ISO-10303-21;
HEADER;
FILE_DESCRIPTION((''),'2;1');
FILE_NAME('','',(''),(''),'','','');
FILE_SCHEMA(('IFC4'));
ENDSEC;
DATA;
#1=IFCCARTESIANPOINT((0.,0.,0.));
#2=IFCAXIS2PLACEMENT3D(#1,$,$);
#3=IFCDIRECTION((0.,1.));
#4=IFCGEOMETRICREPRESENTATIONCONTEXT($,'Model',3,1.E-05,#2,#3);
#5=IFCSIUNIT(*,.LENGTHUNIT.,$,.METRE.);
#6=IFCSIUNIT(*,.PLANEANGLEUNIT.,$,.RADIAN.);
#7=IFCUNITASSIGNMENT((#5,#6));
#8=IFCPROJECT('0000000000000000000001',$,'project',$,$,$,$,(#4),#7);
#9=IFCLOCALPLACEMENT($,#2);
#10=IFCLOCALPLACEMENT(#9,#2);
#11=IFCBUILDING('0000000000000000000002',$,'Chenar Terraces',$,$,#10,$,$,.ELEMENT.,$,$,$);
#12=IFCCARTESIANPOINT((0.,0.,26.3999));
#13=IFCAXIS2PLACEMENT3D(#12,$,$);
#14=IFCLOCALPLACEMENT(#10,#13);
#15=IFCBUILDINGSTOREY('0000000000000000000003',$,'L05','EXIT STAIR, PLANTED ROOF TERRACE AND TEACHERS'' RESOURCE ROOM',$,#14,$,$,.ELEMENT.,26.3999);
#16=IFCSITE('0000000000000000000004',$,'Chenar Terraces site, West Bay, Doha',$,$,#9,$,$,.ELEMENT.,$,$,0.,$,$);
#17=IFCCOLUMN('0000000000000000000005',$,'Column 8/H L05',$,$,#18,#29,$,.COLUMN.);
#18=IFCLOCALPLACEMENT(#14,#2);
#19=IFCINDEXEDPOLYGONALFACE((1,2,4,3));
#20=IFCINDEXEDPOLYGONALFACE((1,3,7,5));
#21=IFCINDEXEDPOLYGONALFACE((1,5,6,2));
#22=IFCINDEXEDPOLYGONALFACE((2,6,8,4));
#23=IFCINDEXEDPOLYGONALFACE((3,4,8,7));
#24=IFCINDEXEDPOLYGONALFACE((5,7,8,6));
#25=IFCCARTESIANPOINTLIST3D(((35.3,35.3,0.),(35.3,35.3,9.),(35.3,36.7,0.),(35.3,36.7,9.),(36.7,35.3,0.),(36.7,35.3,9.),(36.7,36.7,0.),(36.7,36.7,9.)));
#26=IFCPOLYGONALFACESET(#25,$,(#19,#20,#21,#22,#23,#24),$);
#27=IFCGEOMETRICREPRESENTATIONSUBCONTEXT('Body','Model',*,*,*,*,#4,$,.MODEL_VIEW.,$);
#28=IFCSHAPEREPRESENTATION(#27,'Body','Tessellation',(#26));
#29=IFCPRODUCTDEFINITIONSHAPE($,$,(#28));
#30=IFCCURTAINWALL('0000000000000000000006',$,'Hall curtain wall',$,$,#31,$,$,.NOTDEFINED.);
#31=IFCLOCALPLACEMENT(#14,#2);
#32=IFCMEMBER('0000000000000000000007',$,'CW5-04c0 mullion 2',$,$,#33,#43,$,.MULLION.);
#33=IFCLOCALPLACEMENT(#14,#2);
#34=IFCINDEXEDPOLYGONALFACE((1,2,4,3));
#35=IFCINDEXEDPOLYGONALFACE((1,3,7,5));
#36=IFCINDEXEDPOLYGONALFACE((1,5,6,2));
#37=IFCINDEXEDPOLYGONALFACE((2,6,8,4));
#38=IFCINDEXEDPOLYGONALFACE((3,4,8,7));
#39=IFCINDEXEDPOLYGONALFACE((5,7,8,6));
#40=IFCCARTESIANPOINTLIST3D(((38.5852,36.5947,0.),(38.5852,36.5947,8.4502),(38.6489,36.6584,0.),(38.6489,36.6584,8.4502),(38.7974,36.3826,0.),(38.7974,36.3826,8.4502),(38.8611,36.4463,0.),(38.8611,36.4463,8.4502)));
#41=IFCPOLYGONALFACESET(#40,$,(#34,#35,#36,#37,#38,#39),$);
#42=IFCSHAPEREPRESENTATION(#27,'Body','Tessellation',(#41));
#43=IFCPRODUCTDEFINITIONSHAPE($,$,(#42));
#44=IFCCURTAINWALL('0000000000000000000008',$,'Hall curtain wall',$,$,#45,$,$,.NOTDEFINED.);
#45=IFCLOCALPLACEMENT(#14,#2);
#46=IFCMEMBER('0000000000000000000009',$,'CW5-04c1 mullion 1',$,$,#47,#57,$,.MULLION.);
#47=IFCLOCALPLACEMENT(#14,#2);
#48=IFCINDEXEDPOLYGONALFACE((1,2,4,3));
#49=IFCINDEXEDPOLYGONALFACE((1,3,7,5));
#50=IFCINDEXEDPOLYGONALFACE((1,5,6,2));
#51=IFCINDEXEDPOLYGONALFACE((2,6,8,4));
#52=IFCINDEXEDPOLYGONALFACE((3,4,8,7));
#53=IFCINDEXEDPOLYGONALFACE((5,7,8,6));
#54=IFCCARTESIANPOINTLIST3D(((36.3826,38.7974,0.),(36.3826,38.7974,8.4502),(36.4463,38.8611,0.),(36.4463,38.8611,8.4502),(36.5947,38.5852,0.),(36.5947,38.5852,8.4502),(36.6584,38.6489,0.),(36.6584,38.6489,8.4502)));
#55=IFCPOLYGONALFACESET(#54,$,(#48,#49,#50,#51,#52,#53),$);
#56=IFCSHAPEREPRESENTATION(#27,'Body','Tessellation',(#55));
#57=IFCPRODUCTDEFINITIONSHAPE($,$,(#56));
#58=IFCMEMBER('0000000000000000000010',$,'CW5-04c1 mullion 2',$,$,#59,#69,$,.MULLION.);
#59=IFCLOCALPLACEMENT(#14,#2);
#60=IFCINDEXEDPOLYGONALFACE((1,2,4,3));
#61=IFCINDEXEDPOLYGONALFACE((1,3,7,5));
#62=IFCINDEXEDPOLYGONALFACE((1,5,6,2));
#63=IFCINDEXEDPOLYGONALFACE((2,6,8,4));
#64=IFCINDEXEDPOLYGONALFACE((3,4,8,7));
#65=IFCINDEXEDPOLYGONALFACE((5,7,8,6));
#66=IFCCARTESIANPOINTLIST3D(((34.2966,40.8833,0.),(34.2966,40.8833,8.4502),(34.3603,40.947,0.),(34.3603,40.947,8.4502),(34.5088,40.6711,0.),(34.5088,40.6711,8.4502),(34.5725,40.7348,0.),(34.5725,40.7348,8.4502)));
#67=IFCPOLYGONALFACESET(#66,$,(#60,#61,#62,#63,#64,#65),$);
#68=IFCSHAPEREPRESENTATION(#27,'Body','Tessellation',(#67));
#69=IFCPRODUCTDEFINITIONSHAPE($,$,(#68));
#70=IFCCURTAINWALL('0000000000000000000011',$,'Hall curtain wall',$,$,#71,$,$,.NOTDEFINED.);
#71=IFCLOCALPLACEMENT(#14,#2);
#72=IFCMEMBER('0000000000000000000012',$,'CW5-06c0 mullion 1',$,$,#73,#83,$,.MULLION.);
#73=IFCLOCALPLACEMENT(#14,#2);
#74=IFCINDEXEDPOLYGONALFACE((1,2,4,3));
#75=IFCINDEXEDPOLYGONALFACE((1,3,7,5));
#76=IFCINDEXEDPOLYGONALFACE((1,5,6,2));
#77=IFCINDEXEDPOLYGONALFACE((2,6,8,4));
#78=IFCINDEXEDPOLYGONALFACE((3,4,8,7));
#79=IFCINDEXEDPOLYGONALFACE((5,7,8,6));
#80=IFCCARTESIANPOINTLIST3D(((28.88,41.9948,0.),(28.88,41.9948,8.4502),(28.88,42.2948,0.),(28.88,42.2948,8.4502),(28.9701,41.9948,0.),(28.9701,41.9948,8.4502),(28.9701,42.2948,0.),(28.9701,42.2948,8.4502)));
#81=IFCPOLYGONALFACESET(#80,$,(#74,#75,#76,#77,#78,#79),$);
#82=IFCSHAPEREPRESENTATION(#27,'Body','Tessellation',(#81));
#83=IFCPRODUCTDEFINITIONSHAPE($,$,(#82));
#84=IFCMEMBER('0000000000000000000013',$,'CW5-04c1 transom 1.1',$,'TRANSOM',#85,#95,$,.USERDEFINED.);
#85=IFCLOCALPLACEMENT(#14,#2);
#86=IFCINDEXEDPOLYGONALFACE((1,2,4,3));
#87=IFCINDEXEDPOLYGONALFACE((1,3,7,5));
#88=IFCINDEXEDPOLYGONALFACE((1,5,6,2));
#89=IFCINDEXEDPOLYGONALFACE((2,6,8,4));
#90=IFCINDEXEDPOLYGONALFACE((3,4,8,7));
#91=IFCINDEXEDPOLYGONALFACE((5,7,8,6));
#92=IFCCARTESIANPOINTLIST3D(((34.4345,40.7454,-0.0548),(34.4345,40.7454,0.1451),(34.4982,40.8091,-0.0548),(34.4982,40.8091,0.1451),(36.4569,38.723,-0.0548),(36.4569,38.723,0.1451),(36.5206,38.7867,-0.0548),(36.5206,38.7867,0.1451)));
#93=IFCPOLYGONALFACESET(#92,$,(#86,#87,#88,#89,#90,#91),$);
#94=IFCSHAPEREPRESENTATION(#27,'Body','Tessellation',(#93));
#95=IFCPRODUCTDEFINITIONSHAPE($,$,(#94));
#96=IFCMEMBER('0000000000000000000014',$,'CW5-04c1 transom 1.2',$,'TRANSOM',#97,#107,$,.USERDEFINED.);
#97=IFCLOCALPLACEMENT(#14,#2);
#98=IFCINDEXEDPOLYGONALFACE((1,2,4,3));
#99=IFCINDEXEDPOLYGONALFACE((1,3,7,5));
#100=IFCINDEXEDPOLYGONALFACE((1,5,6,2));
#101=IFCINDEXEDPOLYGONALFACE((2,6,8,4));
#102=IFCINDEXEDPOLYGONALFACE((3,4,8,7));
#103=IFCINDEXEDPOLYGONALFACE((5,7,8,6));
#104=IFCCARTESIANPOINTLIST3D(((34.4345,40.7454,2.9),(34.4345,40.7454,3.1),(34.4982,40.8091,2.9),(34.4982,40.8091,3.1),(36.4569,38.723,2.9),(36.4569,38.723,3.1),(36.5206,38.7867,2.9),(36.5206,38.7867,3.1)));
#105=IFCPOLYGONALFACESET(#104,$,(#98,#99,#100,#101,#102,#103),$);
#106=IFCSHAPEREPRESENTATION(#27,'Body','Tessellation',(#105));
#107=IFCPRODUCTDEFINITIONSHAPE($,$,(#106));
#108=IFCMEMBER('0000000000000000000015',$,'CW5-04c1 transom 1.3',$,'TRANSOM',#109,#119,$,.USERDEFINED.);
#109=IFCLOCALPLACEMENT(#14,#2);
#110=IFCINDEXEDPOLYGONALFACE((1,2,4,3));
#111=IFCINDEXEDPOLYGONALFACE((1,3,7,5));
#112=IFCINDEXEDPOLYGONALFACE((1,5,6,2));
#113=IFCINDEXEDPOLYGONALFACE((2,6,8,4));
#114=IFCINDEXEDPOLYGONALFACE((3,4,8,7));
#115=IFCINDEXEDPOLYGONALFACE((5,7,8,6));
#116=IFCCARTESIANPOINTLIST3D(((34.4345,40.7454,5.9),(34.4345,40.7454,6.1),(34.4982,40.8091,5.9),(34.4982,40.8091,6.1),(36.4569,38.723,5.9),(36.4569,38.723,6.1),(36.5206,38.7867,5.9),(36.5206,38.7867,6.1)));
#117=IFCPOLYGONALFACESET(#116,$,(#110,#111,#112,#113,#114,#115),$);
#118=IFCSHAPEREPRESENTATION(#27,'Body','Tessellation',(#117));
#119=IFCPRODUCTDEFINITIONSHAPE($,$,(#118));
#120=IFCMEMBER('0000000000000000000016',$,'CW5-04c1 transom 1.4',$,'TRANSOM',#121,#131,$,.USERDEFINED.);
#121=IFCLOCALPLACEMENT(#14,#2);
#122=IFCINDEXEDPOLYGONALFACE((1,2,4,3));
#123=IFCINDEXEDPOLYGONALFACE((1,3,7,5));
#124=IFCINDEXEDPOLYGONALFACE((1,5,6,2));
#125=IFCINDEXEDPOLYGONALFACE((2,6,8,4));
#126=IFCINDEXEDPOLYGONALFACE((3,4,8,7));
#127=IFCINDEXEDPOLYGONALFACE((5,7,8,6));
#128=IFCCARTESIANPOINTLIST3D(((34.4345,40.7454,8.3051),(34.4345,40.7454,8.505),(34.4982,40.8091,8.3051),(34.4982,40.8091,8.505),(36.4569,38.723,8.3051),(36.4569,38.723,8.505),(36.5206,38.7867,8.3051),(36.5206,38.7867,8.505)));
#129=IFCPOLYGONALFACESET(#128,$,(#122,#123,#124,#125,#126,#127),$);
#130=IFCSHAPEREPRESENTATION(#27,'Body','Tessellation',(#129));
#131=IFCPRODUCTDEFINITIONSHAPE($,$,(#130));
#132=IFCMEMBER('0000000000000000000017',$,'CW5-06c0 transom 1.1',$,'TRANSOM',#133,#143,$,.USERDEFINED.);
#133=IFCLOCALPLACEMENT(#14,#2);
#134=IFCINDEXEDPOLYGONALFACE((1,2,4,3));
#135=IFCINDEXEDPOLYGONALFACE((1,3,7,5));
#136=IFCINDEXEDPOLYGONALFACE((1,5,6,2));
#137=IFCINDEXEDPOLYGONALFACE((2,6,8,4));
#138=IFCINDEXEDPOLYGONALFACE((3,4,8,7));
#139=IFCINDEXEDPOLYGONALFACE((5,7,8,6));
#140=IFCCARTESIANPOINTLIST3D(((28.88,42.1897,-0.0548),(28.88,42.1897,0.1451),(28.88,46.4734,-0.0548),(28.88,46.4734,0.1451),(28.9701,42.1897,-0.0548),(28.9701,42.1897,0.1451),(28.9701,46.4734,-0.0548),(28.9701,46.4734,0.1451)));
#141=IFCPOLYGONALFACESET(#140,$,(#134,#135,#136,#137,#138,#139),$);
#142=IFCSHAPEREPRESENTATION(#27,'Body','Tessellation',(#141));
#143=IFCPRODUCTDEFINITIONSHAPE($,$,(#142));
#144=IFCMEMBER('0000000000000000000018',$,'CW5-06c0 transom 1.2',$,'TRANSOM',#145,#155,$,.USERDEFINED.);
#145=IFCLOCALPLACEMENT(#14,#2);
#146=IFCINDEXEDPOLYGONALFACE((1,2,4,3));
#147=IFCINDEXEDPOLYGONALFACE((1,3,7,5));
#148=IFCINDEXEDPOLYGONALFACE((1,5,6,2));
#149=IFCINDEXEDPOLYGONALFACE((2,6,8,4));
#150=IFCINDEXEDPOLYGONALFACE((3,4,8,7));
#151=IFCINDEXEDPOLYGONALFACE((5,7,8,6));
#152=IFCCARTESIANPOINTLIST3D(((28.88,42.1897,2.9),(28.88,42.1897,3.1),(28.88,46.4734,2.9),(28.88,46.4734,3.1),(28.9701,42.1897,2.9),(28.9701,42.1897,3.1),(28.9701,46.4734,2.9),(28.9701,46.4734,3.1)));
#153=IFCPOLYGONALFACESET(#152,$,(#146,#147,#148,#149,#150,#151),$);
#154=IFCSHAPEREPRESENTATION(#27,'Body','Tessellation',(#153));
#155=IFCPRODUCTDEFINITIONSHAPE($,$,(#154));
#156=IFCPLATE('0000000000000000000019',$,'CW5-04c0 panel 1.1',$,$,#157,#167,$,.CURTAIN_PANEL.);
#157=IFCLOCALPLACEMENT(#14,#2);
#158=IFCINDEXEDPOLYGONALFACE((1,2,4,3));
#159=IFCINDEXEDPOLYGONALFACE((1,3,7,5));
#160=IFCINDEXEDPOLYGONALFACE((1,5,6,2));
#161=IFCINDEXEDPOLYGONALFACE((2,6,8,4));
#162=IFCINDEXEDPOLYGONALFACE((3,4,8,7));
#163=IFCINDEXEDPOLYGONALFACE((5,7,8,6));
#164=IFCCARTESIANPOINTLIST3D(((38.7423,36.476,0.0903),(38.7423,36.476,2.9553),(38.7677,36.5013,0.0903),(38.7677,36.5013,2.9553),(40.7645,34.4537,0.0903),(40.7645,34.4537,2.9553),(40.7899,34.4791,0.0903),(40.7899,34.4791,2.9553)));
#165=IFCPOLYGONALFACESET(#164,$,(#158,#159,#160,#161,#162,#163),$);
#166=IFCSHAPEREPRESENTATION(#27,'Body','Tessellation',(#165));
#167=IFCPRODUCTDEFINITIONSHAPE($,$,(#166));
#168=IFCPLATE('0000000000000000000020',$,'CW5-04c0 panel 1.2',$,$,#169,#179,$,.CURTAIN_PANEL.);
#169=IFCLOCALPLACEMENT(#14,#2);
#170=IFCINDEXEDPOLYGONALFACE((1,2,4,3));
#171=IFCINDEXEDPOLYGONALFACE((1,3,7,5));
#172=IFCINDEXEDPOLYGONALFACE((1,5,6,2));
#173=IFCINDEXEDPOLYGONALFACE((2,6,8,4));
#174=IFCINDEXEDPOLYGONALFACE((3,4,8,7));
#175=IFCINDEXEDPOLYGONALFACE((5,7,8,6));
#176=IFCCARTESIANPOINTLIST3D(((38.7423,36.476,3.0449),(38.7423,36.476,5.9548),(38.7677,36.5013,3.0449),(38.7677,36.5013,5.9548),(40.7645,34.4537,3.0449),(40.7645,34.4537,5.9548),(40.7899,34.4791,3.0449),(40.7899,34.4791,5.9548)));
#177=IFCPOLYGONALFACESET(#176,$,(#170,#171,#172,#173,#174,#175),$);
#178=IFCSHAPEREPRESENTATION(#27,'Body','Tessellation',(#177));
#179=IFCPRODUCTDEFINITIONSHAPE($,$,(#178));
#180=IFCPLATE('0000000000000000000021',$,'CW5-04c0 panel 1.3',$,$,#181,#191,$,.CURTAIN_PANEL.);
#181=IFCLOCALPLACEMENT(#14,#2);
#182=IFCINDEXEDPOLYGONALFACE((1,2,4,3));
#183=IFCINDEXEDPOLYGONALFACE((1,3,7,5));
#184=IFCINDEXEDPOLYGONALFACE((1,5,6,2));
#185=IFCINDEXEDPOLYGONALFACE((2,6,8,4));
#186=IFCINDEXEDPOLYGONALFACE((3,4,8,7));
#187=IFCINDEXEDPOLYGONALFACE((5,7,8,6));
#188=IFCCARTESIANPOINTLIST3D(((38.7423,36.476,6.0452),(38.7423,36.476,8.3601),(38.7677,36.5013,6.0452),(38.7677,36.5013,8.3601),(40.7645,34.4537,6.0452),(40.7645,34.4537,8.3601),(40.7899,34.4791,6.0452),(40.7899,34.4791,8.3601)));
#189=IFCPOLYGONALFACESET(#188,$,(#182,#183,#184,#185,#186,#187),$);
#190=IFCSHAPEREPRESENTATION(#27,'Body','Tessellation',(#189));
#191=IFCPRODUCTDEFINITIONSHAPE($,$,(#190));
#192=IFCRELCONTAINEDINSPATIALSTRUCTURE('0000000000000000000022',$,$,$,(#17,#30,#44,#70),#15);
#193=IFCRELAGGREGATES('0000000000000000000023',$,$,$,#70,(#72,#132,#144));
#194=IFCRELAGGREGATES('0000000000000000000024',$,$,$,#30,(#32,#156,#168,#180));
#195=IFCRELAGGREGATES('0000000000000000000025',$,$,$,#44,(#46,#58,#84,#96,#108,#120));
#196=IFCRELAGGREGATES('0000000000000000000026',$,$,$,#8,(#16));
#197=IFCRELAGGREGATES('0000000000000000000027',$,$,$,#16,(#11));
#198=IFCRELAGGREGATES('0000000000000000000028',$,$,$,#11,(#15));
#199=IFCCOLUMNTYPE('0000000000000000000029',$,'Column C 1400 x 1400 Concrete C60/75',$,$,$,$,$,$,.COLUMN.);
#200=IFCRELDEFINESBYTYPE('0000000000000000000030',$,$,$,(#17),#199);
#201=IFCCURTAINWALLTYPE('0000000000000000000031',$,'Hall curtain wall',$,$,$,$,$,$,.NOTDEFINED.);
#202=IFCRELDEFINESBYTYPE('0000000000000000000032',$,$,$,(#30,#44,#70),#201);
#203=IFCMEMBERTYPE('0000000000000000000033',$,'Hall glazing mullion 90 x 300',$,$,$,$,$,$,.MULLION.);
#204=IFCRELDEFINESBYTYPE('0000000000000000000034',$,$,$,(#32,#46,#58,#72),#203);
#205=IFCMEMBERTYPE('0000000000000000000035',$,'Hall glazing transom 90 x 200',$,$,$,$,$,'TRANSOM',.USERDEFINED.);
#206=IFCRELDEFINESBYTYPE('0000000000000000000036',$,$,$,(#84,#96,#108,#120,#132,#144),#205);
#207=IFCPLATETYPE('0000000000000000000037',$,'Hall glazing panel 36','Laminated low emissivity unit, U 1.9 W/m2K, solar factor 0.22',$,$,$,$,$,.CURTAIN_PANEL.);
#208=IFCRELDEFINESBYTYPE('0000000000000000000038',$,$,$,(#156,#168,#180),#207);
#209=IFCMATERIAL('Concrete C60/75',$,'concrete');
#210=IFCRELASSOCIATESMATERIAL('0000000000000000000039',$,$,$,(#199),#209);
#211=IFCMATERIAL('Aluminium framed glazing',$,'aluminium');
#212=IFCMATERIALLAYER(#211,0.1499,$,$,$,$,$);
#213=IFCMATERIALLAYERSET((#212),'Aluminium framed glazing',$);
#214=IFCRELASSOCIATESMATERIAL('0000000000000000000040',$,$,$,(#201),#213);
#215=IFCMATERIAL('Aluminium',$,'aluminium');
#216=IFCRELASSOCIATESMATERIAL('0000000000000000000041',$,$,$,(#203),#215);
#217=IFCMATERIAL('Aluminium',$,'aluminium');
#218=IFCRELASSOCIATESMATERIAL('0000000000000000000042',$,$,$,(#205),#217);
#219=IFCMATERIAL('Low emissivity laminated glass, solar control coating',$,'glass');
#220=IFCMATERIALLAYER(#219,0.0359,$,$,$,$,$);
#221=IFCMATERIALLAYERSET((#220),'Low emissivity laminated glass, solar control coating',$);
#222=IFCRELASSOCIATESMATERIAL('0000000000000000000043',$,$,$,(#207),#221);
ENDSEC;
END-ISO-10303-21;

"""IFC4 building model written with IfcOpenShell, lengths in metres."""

from ifc_helpers import new_model, si_unit, direction, frame, origin, origin_2d, place, context, subcontext, project, spatial, rectangle, extrude, material, layer, layer_set, material_profile, profile_set, type_object, element, aggregate, save


model = new_model("IFC4")

# Units and contexts
model_context = context("Model", 3, precision=1e-05, world=origin(), true_north=direction((0.0, 1.0)))
body_context = subcontext(model_context, "Body", "Model", "MODEL_VIEW")
ifc_project = project(units=[si_unit("LENGTHUNIT", "METRE"), si_unit("PLANEANGLEUNIT", "RADIAN")], contexts=[model_context])

# Site, building, storey
site_placement = place(None, origin())
site = spatial("IfcSite", under=ifc_project, at=site_placement, Name="Chenar Terraces site, West Bay, Doha", CompositionType="ELEMENT", RefElevation=0.0)
building_placement = place(site_placement, origin())
building = spatial("IfcBuilding", under=site, at=building_placement, Name="Chenar Terraces", CompositionType="ELEMENT")
storey_placement = place(building_placement, frame((0.0, 0.0, 26.3999)))
storey = spatial("IfcBuildingStorey", under=building, at=storey_placement, Name="L05", Description="EXIT STAIR, PLANTED ROOF TERRACE AND TEACHERS' RESOURCE ROOM", CompositionType="ELEMENT", Elevation=26.3999)

# Column
ifc_material_1 = material(Name="Concrete C60/75", Category="concrete")
ifc_material_profile_1 = material_profile(ifc_material_1, rectangle(XDim=1.3999, YDim=1.3999, at=origin_2d()), Name="C 1400 x 1400")
ifc_profile_set_1 = profile_set([ifc_material_profile_1], Name="Concrete C60/75")
column_type = type_object("IfcColumnType", Name="Column C 1400 x 1400 Concrete C60/75", PredefinedType="COLUMN", material=ifc_profile_set_1)
column_placement = place(storey_placement, frame((36.0, 36.0, 0.0), z_axis=(0.0, 0.0, 1.0), x_axis=(1.0, 0.0, 0.0)))
element("IfcColumn", 1, at=column_placement, inside=storey, type_object=column_type, Name="Column 8/H L05", PredefinedType="COLUMN", context=body_context, shape_type="SweptSolid", body=[
    extrude(rectangle(XDim=1.3999, YDim=1.3999, at=origin_2d()), origin(), (0.0, 0.0, 1.0), 9.0),
])

# Curtain wall, member
ifc_material_2 = material(Name="Aluminium framed glazing", Category="aluminium")
ifc_layer_1 = layer(ifc_material_2, 0.1499)
ifc_layer_set_1 = layer_set([ifc_layer_1], Name="Aluminium framed glazing")
curtain_wall_type = type_object("IfcCurtainWallType", Name="Hall curtain wall", PredefinedType="NOTDEFINED", material=ifc_layer_set_1)
placement = place(storey_placement, origin())
curtain_wall_1 = element("IfcCurtainWall", 2, at=placement, inside=storey, type_object=curtain_wall_type, Name="Hall curtain wall", PredefinedType="NOTDEFINED")
ifc_material_3 = material(Name="Aluminium", Category="aluminium")
ifc_material_profile_2 = material_profile(ifc_material_3, rectangle(XDim=0.0901, YDim=0.3, at=origin_2d()), Name="Hall glazing mullion 90 x 300")
ifc_profile_set_2 = profile_set([ifc_material_profile_2], Name="Aluminium")
member_type_1 = type_object("IfcMemberType", Name="Hall glazing mullion 90 x 300", PredefinedType="MULLION", material=ifc_profile_set_2)
member_1_placement = place(storey_placement, frame((38.7231, 36.5205, 0.0), z_axis=(0.0, 0.0, 1.0), x_axis=(-0.707107, -0.707107, 0.0)))
member_1 = element("IfcMember", 3, at=member_1_placement, type_object=member_type_1, Name="CW5-04c0 mullion 2", PredefinedType="MULLION", context=body_context, shape_type="SweptSolid", body=[
    extrude(rectangle(XDim=0.0901, YDim=0.3, at=origin_2d()), origin(), (0.0, 0.0, 1.0), 8.4502),
])

# Curtain wall, members
curtain_wall_2 = element("IfcCurtainWall", 4, at=placement, inside=storey, type_object=curtain_wall_type, Name="Hall curtain wall", PredefinedType="NOTDEFINED")
member_2_placement = place(storey_placement, frame((36.5205, 38.7231, 0.0), z_axis=(0.0, 0.0, 1.0), x_axis=(-0.707107, -0.707107, 0.0)))
member_2 = element("IfcMember", 5, at=member_2_placement, type_object=member_type_1, Name="CW5-04c1 mullion 1", PredefinedType="MULLION", context=body_context, shape_type="SweptSolid", body=[
    extrude(rectangle(XDim=0.0901, YDim=0.3, at=origin_2d()), origin(), (0.0, 0.0, 1.0), 8.4502),
])
member_3_placement = place(storey_placement, frame((34.4346, 40.8091, 0.0), z_axis=(0.0, 0.0, 1.0), x_axis=(-0.707107, -0.707107, 0.0)))
member_3 = element("IfcMember", 6, at=member_3_placement, type_object=member_type_1, Name="CW5-04c1 mullion 2", PredefinedType="MULLION", context=body_context, shape_type="SweptSolid", body=[
    extrude(rectangle(XDim=0.0901, YDim=0.3, at=origin_2d()), origin(), (0.0, 0.0, 1.0), 8.4502),
])

# Curtain wall, member
curtain_wall_3 = element("IfcCurtainWall", 7, at=placement, inside=storey, type_object=curtain_wall_type, Name="Hall curtain wall", PredefinedType="NOTDEFINED")
member_4_placement = place(storey_placement, frame((28.925, 42.1448, 0.0), z_axis=(0.0, 0.0, 1.0), x_axis=(-1.0, 0.0, 0.0)))
member_4 = element("IfcMember", 8, at=member_4_placement, type_object=member_type_1, Name="CW5-06c0 mullion 1", PredefinedType="MULLION", context=body_context, shape_type="SweptSolid", body=[
    extrude(rectangle(XDim=0.0901, YDim=0.3, at=origin_2d()), origin(), (0.0, 0.0, 1.0), 8.4502),
])

# Members
ifc_material_4 = material(Name="Aluminium", Category="aluminium")
ifc_material_profile_3 = material_profile(ifc_material_4, rectangle(XDim=0.0901, YDim=0.2, at=origin_2d()), Name="Hall glazing transom 90 x 200")
ifc_profile_set_3 = profile_set([ifc_material_profile_3], Name="Aluminium")
member_type_2 = type_object("IfcMemberType", Name="Hall glazing transom 90 x 200", ElementType="TRANSOM", PredefinedType="USERDEFINED", material=ifc_profile_set_3)
member_5_placement = place(storey_placement, frame((36.4888, 38.7549, 0.0452), z_axis=(-0.707107, 0.707107, 0.0), x_axis=(-0.707107, -0.707107, 0.0)))
member_5 = element("IfcMember", 9, at=member_5_placement, type_object=member_type_2, Name="CW5-04c1 transom 1.1", ObjectType="TRANSOM", PredefinedType="USERDEFINED", context=body_context, shape_type="SweptSolid", body=[
    extrude(rectangle(XDim=0.0901, YDim=0.2, at=origin_2d()), origin(), (0.0, 0.0, 1.0), 2.8601),
])
member_6_placement = place(storey_placement, frame((36.4888, 38.7549, 3.0), z_axis=(-0.707107, 0.707107, 0.0), x_axis=(-0.707107, -0.707107, 0.0)))
member_6 = element("IfcMember", 10, at=member_6_placement, type_object=member_type_2, Name="CW5-04c1 transom 1.2", ObjectType="TRANSOM", PredefinedType="USERDEFINED", context=body_context, shape_type="SweptSolid", body=[
    extrude(rectangle(XDim=0.0901, YDim=0.2, at=origin_2d()), origin(), (0.0, 0.0, 1.0), 2.8601),
])
member_7_placement = place(storey_placement, frame((36.4888, 38.7549, 6.0), z_axis=(-0.707107, 0.707107, 0.0), x_axis=(-0.707107, -0.707107, 0.0)))
member_7 = element("IfcMember", 11, at=member_7_placement, type_object=member_type_2, Name="CW5-04c1 transom 1.3", ObjectType="TRANSOM", PredefinedType="USERDEFINED", context=body_context, shape_type="SweptSolid", body=[
    extrude(rectangle(XDim=0.0901, YDim=0.2, at=origin_2d()), origin(), (0.0, 0.0, 1.0), 2.8601),
])
member_8_placement = place(storey_placement, frame((36.4888, 38.7549, 8.405), z_axis=(-0.707107, 0.707107, 0.0), x_axis=(-0.707107, -0.707107, 0.0)))
member_8 = element("IfcMember", 12, at=member_8_placement, type_object=member_type_2, Name="CW5-04c1 transom 1.4", ObjectType="TRANSOM", PredefinedType="USERDEFINED", context=body_context, shape_type="SweptSolid", body=[
    extrude(rectangle(XDim=0.0901, YDim=0.2, at=origin_2d()), origin(), (0.0, 0.0, 1.0), 2.8601),
])
member_9_placement = place(storey_placement, frame((28.925, 42.1897, 0.0452), z_axis=(0.0, 1.0, 0.0), x_axis=(-1.0, 0.0, 0.0)))
member_9 = element("IfcMember", 13, at=member_9_placement, type_object=member_type_2, Name="CW5-06c0 transom 1.1", ObjectType="TRANSOM", PredefinedType="USERDEFINED", context=body_context, shape_type="SweptSolid", body=[
    extrude(rectangle(XDim=0.0901, YDim=0.2, at=origin_2d()), origin(), (0.0, 0.0, 1.0), 4.2837),
])
member_10_placement = place(storey_placement, frame((28.925, 42.1897, 3.0), z_axis=(0.0, 1.0, 0.0), x_axis=(-1.0, 0.0, 0.0)))
member_10 = element("IfcMember", 14, at=member_10_placement, type_object=member_type_2, Name="CW5-06c0 transom 1.2", ObjectType="TRANSOM", PredefinedType="USERDEFINED", context=body_context, shape_type="SweptSolid", body=[
    extrude(rectangle(XDim=0.0901, YDim=0.2, at=origin_2d()), origin(), (0.0, 0.0, 1.0), 4.2837),
])
aggregate(curtain_wall_3, [member_4, member_9, member_10])

# Plates
ifc_material_5 = material(Name="Low emissivity laminated glass, solar control coating", Category="glass")
ifc_layer_2 = layer(ifc_material_5, 0.0359)
ifc_layer_set_2 = layer_set([ifc_layer_2], Name="Low emissivity laminated glass, solar control coating")
plate_type = type_object("IfcPlateType", Name="Hall glazing panel 36", Description="Laminated low emissivity unit, U 1.9 W/m2K, solar factor 0.22", PredefinedType="CURTAIN_PANEL", material=ifc_layer_set_2)
plate_1_placement = place(storey_placement, frame((39.7661, 35.4775, 0.0903), z_axis=(0.0, 0.0, 1.0), x_axis=(-0.707107, 0.707107, 0.0)))
plate_1 = element("IfcPlate", 15, at=plate_1_placement, type_object=plate_type, Name="CW5-04c0 panel 1.1", PredefinedType="CURTAIN_PANEL", context=body_context, shape_type="SweptSolid", body=[
    extrude(rectangle(XDim=2.8599, YDim=0.0359, at=origin_2d()), origin(), (0.0, 0.0, 1.0), 2.865),
])
plate_2_placement = place(storey_placement, frame((39.7661, 35.4775, 3.0449), z_axis=(0.0, 0.0, 1.0), x_axis=(-0.707107, 0.707107, 0.0)))
plate_2 = element("IfcPlate", 16, at=plate_2_placement, type_object=plate_type, Name="CW5-04c0 panel 1.2", PredefinedType="CURTAIN_PANEL", context=body_context, shape_type="SweptSolid", body=[
    extrude(rectangle(XDim=2.8599, YDim=0.0359, at=origin_2d()), origin(), (0.0, 0.0, 1.0), 2.9099),
])
plate_3_placement = place(storey_placement, frame((39.7661, 35.4775, 6.0452), z_axis=(0.0, 0.0, 1.0), x_axis=(-0.707107, 0.707107, 0.0)))
plate_3 = element("IfcPlate", 17, at=plate_3_placement, type_object=plate_type, Name="CW5-04c0 panel 1.3", PredefinedType="CURTAIN_PANEL", context=body_context, shape_type="SweptSolid", body=[
    extrude(rectangle(XDim=2.8599, YDim=0.0359, at=origin_2d()), origin(), (0.0, 0.0, 1.0), 2.3149),
])
aggregate(curtain_wall_1, [member_1, plate_1, plate_2, plate_3])
aggregate(curtain_wall_2, [member_2, member_3, member_5, member_6, member_7, member_8])

save(model, "model.ifc")
